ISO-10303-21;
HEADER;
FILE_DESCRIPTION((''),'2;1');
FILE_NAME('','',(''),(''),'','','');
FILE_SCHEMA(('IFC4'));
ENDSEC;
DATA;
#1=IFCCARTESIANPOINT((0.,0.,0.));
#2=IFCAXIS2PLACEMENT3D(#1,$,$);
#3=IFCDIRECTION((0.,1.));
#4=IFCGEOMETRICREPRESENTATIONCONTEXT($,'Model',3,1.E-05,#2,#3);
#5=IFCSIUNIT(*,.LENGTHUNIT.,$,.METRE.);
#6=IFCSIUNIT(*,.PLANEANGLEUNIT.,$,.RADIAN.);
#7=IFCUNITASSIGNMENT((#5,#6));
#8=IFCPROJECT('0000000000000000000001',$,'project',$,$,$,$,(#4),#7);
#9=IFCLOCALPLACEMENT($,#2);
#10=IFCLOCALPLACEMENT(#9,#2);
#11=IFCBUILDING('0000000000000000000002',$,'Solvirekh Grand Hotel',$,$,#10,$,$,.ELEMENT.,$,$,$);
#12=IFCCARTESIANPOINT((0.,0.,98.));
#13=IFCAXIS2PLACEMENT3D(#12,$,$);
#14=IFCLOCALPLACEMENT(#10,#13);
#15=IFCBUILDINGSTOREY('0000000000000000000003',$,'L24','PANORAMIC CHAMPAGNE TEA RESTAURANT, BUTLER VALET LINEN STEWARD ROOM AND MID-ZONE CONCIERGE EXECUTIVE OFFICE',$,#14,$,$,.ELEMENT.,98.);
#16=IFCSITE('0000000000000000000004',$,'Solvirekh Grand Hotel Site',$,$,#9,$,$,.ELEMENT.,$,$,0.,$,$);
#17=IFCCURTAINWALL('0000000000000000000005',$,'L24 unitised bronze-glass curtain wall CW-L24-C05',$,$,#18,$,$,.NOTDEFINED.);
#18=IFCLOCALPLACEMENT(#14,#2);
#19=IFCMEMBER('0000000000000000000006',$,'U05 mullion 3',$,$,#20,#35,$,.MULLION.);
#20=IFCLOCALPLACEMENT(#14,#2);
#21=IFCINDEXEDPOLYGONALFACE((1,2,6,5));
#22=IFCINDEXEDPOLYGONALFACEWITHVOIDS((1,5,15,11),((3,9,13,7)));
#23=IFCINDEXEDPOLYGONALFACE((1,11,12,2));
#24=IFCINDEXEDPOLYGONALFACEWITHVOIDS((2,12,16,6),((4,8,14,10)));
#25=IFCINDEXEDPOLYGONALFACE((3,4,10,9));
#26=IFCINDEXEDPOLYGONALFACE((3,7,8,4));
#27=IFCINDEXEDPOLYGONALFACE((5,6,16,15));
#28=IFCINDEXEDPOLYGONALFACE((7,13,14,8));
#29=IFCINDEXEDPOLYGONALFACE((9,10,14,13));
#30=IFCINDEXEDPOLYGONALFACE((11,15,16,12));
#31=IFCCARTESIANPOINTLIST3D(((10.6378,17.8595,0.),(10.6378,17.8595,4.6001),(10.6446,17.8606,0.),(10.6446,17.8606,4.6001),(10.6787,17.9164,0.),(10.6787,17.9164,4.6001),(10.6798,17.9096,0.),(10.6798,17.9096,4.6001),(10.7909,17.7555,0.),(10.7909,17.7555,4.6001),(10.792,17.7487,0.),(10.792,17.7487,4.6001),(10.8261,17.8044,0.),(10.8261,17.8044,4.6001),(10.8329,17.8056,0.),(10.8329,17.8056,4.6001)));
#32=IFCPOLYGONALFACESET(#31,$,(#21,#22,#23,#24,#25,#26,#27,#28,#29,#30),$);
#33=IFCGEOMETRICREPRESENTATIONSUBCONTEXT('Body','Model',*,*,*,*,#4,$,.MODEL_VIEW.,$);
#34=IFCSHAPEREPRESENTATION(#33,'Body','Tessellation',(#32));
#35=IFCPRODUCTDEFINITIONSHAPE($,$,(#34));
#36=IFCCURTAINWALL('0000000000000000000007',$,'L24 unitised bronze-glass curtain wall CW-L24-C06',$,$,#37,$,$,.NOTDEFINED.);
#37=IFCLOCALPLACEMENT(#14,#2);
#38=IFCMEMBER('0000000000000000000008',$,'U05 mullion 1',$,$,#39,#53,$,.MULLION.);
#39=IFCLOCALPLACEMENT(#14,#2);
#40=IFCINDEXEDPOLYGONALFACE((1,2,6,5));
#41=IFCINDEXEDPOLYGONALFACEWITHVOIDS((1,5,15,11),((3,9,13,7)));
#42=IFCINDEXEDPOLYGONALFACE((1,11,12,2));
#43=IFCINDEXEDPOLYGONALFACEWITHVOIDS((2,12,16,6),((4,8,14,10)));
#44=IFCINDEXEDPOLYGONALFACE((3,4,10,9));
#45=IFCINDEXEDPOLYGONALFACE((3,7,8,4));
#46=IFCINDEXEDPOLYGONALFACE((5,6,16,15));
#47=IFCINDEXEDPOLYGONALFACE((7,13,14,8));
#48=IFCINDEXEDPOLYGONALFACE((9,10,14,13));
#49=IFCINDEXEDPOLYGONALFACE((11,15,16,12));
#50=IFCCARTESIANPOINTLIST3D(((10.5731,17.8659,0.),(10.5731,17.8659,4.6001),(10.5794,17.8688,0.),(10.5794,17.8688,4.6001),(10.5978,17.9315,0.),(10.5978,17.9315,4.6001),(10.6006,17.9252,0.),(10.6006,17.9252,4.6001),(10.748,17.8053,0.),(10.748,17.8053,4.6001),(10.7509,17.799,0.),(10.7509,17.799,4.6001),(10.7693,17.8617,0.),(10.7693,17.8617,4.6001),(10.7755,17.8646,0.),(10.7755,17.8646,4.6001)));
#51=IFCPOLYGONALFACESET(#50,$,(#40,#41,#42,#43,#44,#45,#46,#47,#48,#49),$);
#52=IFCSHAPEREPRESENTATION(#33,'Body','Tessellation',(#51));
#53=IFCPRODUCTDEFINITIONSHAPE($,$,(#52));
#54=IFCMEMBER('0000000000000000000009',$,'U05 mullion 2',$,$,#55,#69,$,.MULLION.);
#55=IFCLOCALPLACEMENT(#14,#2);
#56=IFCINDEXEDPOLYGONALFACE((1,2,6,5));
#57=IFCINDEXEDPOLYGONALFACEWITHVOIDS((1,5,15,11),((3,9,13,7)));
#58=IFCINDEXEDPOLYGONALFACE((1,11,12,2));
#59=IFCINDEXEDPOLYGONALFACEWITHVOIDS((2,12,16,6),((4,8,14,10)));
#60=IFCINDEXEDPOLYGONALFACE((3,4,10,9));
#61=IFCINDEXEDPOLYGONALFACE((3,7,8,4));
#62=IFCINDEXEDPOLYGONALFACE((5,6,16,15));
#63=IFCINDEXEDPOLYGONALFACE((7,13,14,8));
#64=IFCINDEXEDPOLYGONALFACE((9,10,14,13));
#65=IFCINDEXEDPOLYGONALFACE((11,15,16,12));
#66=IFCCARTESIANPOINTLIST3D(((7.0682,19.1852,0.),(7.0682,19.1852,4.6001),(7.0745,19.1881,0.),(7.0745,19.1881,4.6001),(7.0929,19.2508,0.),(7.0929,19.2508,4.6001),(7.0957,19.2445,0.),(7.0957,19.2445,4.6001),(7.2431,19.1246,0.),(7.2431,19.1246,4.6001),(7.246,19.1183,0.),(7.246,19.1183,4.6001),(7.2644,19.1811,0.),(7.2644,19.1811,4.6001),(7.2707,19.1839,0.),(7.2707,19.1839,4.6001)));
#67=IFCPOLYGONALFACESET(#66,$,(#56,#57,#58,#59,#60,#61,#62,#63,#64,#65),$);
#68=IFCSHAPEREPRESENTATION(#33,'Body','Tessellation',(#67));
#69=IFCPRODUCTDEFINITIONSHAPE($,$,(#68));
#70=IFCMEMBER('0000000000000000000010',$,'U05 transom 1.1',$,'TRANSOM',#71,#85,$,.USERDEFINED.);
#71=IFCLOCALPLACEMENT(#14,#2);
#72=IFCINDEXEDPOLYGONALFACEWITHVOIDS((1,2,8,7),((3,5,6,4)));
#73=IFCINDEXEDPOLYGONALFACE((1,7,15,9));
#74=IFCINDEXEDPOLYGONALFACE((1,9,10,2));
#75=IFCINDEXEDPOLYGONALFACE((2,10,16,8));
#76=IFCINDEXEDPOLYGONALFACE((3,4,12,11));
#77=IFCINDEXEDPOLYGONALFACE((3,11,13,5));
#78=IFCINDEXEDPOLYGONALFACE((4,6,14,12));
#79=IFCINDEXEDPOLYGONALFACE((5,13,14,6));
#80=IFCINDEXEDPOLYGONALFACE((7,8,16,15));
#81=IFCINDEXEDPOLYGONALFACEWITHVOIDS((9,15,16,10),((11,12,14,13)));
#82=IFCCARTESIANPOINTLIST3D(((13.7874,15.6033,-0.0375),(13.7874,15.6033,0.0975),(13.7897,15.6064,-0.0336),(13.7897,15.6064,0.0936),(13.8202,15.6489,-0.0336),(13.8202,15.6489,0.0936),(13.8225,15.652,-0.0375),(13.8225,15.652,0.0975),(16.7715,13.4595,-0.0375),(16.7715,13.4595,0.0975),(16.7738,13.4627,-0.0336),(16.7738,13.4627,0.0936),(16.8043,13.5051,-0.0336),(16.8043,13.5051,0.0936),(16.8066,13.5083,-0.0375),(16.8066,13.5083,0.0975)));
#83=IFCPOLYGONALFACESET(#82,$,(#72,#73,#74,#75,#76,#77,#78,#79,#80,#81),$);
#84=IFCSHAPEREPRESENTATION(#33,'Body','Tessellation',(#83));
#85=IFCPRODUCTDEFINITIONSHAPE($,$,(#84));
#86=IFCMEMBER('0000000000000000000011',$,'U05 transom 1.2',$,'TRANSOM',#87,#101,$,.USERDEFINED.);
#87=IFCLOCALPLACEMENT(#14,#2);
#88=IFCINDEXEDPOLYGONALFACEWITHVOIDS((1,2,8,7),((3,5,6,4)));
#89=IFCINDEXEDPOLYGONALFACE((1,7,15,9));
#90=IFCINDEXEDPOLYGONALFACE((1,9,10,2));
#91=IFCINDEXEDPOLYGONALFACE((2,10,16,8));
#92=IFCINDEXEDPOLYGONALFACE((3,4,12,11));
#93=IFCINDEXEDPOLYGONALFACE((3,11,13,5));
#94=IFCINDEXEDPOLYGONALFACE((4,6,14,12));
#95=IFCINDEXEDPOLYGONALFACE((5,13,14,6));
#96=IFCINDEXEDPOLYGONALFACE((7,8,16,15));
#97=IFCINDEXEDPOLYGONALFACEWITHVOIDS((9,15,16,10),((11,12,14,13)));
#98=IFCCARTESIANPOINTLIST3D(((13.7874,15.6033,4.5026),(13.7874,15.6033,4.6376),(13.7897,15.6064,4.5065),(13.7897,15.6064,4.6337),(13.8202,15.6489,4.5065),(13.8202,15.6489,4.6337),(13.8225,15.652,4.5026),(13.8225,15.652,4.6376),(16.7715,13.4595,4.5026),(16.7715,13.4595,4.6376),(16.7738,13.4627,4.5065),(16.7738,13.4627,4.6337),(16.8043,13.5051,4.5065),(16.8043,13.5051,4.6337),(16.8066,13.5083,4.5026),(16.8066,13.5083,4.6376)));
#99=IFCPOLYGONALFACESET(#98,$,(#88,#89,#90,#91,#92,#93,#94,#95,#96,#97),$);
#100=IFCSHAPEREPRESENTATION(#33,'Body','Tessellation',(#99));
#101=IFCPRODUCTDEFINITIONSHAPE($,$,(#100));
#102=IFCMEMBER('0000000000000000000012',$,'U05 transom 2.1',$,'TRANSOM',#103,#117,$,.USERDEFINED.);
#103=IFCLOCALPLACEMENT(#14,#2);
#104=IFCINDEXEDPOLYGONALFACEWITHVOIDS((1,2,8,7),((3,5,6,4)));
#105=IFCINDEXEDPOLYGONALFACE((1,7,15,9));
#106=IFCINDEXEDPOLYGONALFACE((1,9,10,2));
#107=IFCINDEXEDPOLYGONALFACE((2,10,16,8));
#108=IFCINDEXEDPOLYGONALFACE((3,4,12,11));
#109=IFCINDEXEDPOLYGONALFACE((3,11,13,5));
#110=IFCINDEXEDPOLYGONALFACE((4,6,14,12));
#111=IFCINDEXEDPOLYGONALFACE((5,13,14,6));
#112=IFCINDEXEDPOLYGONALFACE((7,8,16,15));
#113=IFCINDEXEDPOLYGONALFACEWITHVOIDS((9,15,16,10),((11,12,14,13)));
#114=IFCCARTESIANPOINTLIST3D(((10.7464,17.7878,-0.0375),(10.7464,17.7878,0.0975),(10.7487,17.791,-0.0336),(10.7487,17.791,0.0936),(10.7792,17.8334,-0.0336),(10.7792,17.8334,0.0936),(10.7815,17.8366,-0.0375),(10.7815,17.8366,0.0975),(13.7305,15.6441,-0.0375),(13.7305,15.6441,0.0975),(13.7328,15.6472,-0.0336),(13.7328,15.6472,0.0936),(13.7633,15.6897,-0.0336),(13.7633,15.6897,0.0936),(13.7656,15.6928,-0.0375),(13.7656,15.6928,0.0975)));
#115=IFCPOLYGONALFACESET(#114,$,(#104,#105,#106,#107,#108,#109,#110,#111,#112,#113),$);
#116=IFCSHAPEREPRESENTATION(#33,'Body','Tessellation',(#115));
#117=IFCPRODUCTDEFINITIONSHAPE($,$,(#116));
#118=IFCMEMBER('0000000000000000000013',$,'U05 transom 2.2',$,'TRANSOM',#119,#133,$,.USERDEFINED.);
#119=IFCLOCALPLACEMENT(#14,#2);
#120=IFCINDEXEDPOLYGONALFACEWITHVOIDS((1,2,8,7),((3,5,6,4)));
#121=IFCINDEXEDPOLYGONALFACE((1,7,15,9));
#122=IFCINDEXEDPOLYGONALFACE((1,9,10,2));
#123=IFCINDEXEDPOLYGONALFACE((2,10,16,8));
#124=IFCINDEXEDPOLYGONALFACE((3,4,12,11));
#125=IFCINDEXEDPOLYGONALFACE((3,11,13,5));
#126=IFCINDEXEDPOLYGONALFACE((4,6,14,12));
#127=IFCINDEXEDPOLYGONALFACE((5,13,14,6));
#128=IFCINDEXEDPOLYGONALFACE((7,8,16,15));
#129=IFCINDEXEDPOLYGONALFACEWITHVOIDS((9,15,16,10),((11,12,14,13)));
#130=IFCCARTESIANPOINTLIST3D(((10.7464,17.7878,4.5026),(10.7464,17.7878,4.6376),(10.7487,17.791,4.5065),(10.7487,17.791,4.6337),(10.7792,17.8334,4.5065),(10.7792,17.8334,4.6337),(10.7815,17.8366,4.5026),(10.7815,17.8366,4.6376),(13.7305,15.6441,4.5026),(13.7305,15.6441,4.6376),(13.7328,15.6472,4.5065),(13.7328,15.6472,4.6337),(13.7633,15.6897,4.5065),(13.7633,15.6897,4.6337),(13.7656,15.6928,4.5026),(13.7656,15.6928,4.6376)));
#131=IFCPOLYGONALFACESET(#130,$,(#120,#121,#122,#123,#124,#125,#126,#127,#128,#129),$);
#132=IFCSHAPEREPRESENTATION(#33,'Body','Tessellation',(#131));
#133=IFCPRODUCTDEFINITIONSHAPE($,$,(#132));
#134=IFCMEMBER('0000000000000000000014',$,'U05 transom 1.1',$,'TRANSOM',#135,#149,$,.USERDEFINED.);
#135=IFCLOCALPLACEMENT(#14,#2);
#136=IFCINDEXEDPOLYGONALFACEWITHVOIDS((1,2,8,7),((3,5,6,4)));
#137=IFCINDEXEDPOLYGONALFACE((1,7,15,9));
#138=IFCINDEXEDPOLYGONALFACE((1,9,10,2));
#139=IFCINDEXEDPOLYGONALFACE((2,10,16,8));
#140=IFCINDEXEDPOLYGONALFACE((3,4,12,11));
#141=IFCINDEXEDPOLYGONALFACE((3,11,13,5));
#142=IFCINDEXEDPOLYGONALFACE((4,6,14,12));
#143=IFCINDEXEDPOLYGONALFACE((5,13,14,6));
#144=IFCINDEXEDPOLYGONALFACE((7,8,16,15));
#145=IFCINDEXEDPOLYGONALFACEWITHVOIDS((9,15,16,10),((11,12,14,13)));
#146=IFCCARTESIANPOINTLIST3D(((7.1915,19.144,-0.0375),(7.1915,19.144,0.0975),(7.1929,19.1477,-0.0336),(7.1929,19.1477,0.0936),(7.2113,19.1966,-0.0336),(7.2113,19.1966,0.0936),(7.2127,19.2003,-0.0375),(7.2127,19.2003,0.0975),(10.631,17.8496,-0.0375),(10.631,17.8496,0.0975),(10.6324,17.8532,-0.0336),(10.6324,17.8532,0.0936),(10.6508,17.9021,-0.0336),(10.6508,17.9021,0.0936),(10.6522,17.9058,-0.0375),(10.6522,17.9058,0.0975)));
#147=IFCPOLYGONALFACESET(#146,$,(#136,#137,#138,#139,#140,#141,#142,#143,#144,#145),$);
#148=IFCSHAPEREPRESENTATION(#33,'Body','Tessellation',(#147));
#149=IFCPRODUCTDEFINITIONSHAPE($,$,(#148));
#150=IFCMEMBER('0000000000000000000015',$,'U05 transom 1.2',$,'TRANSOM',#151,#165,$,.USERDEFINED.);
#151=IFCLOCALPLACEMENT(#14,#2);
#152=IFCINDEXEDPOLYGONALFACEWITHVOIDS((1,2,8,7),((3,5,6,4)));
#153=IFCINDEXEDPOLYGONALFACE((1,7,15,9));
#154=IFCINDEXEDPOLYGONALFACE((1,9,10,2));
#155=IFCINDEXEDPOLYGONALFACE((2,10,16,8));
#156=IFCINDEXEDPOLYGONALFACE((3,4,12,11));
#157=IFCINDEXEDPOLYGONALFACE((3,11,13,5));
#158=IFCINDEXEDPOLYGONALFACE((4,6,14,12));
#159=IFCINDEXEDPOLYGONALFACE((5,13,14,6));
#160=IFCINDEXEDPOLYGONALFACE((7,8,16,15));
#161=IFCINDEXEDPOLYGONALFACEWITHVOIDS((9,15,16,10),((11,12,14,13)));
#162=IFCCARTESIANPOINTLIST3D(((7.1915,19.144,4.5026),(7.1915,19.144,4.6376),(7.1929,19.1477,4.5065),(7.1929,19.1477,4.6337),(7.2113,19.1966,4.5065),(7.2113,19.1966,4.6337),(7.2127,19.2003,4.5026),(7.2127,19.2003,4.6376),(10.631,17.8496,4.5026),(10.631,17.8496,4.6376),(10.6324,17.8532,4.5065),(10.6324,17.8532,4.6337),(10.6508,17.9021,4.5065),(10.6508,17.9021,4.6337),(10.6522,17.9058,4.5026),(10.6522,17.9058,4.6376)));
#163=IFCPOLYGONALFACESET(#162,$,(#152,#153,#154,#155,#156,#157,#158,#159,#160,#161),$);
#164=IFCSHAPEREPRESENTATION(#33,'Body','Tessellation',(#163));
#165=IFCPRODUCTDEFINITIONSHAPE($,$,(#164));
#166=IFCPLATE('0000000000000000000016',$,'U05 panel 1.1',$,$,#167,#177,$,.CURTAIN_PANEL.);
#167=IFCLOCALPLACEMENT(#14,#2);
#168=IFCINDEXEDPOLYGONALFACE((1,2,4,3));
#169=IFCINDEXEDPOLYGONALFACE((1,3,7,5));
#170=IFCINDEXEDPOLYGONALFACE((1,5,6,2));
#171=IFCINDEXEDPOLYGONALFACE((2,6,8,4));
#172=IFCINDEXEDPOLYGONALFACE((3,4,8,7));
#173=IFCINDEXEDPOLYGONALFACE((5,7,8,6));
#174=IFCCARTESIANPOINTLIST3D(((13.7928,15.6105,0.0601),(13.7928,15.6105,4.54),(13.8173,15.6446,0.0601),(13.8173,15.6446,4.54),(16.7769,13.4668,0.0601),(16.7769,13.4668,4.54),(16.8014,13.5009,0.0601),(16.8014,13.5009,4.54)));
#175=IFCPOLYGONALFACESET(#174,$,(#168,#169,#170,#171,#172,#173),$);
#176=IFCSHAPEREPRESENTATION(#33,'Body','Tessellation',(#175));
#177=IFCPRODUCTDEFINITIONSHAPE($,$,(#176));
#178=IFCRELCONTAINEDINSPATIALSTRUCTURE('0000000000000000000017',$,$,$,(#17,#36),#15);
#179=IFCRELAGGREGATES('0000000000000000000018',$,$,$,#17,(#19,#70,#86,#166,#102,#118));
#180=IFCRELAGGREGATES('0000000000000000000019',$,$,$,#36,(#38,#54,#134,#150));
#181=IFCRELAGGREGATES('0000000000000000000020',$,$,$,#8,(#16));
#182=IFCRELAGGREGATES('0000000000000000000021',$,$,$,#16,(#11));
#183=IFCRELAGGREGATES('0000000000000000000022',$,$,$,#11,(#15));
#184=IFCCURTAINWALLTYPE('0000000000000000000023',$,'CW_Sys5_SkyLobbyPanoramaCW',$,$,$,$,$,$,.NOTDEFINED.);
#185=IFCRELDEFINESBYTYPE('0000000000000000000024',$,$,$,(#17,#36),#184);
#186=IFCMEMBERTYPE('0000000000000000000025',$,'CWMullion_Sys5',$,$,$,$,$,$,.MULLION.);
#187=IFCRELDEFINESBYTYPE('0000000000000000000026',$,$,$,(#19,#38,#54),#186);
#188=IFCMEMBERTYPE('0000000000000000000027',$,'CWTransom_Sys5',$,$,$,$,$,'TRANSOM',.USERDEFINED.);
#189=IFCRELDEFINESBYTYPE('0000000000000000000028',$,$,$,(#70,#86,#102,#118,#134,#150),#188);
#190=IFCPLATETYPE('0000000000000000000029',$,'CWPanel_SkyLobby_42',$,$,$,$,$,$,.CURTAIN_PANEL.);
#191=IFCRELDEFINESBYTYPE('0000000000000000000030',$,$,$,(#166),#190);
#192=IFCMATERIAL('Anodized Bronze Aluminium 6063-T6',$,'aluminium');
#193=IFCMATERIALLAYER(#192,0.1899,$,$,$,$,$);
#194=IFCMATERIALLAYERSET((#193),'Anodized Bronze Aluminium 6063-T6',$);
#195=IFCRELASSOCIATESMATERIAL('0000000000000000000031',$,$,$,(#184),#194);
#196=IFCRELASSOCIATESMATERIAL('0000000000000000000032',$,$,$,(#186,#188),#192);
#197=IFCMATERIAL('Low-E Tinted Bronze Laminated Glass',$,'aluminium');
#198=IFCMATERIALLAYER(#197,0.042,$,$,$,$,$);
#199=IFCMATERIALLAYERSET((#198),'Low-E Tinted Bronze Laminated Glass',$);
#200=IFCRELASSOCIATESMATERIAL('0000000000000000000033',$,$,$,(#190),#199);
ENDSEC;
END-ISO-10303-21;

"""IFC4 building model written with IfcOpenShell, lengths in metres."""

from ifc_helpers import new_model, si_unit, direction, frame, origin, origin_2d, place, context, subcontext, project, spatial, rectangle, hollow_rectangle, extrude, source, transform, mapped, material, layer, layer_set, material_profile, profile_set, type_object, element, aggregate, save


model = new_model("IFC4")

# Units and contexts
model_context = context("Model", 3, precision=1e-05, world=origin(), true_north=direction((0.0, 1.0)))
body_context = subcontext(model_context, "Body", "Model", "MODEL_VIEW")
ifc_project = project(units=[si_unit("LENGTHUNIT", "METRE"), si_unit("PLANEANGLEUNIT", "RADIAN")], contexts=[model_context])

# Site, building, storey
site_placement = place(None, origin())
site = spatial("IfcSite", under=ifc_project, at=site_placement, Name="Solvirekh Grand Hotel Site", CompositionType="ELEMENT", RefElevation=0.0)
building_placement = place(site_placement, origin())
building = spatial("IfcBuilding", under=site, at=building_placement, Name="Solvirekh Grand Hotel", CompositionType="ELEMENT")
storey_placement = place(building_placement, frame((0.0, 0.0, 98.0)))
storey = spatial("IfcBuildingStorey", under=building, at=storey_placement, Name="L24", Description="PANORAMIC CHAMPAGNE TEA RESTAURANT, BUTLER VALET LINEN STEWARD ROOM AND MID-ZONE CONCIERGE EXECUTIVE OFFICE", CompositionType="ELEMENT", Elevation=98.0)

# Curtain walls, members
ifc_material_1 = material(Name="Anodized Bronze Aluminium 6063-T6", Category="aluminium")
ifc_layer_1 = layer(ifc_material_1, 0.1899)
ifc_layer_set_1 = layer_set([ifc_layer_1], Name="Anodized Bronze Aluminium 6063-T6")
curtain_wall_type = type_object("IfcCurtainWallType", Name="CW_Sys5_SkyLobbyPanoramaCW", PredefinedType="NOTDEFINED", material=ifc_layer_set_1)
curtain_wall_1_placement = place(storey_placement, origin())
curtain_wall_1 = element("IfcCurtainWall", 1, at=curtain_wall_1_placement, inside=storey, type_object=curtain_wall_type, Name="L24 unitised bronze-glass curtain wall CW-L24-C05", PredefinedType="NOTDEFINED")
ifc_material_profile_1 = material_profile(ifc_material_1, hollow_rectangle(XDim=0.0701, YDim=0.1899, WallThickness=0.0049, at=origin_2d()), Name="ALU RHS 190X70X5")
ifc_profile_set_1 = profile_set([ifc_material_profile_1], Name="Anodized Bronze Aluminium 6063-T6")
member_type_1 = type_object("IfcMemberType", Name="CWMullion_Sys5", PredefinedType="MULLION", material=ifc_profile_set_1)
shared_shape_1 = source(origin(), body_context, "Body", "SweptSolid", [
    extrude(hollow_rectangle(XDim=0.0701, YDim=0.1899, WallThickness=0.0049, at=origin_2d()), origin(), (0.0, 0.0, 1.0), 4.6001),
])
member_1_placement = place(storey_placement, frame((10.7354, 17.8325, 0.0), z_axis=(0.0, 0.0, 1.0), x_axis=(-0.583426, -0.812166, 0.0)))
member_1 = element("IfcMember", 2, at=member_1_placement, type_object=member_type_1, Name="U05 mullion 3", PredefinedType="MULLION", context=body_context, shape_type="MappedRepresentation", body=[
    mapped(shared_shape_1, transform((0.0, 0.0, 0.0), x_axis=(1.0, 0.0, 0.0), y_axis=(0.0, 1.0, 0.0), z_axis=(0.0, 0.0, 1.0), scale=1.0)),
])
curtain_wall_2_placement = place(storey_placement, origin())
curtain_wall_2 = element("IfcCurtainWall", 3, at=curtain_wall_2_placement, inside=storey, type_object=curtain_wall_type, Name="L24 unitised bronze-glass curtain wall CW-L24-C06", PredefinedType="NOTDEFINED")
member_2_placement = place(storey_placement, frame((10.6743, 17.8652, 0.0), z_axis=(0.0, 0.0, 1.0), x_axis=(-0.352268, -0.935899, 0.0)))
member_2 = element("IfcMember", 4, at=member_2_placement, type_object=member_type_1, Name="U05 mullion 1", PredefinedType="MULLION", context=body_context, shape_type="MappedRepresentation", body=[
    mapped(shared_shape_1, transform((0.0, 0.0, 0.0), x_axis=(1.0, 0.0, 0.0), y_axis=(0.0, 1.0, 0.0), z_axis=(0.0, 0.0, 1.0), scale=1.0)),
])
member_3_placement = place(storey_placement, frame((7.1694, 19.1846, 0.0), z_axis=(0.0, 0.0, 1.0), x_axis=(-0.352268, -0.935899, 0.0)))
member_3 = element("IfcMember", 5, at=member_3_placement, type_object=member_type_1, Name="U05 mullion 2", PredefinedType="MULLION", context=body_context, shape_type="MappedRepresentation", body=[
    mapped(shared_shape_1, transform((0.0, 0.0, 0.0), x_axis=(1.0, 0.0, 0.0), y_axis=(0.0, 1.0, 0.0), z_axis=(0.0, 0.0, 1.0), scale=1.0)),
])

# Members
ifc_material_profile_2 = material_profile(ifc_material_1, hollow_rectangle(XDim=0.0601, YDim=0.135, WallThickness=0.0039, at=origin_2d()), Name="ALU RHS 135X60X4")
ifc_profile_set_2 = profile_set([ifc_material_profile_2], Name="Anodized Bronze Aluminium 6063-T6")
member_type_2 = type_object("IfcMemberType", Name="CWTransom_Sys5", ElementType="TRANSOM", PredefinedType="USERDEFINED", material=ifc_profile_set_2)
shared_shape_2 = source(origin(), body_context, "Body", "SweptSolid", [
    extrude(hollow_rectangle(XDim=0.0601, YDim=0.135, WallThickness=0.0039, at=origin_2d()), origin(), (0.0, 0.0, 1.0), 3.6743),
])
member_4_placement = place(storey_placement, frame((16.7891, 13.4839, 0.03), z_axis=(-0.81215, 0.583448, 0.0), x_axis=(-0.583448, -0.81215, 0.0)))
member_4 = element("IfcMember", 6, at=member_4_placement, type_object=member_type_2, Name="U05 transom 1.1", ObjectType="TRANSOM", PredefinedType="USERDEFINED", context=body_context, shape_type="MappedRepresentation", body=[
    mapped(shared_shape_2, transform((0.0, 0.0, 0.0), x_axis=(1.0, 0.0, 0.0), y_axis=(0.0, 1.0, 0.0), z_axis=(0.0, 0.0, 1.0), scale=1.0)),
])
member_5_placement = place(storey_placement, frame((16.7891, 13.4839, 4.5701), z_axis=(-0.81215, 0.583448, 0.0), x_axis=(-0.583448, -0.81215, 0.0)))
member_5 = element("IfcMember", 7, at=member_5_placement, type_object=member_type_2, Name="U05 transom 1.2", ObjectType="TRANSOM", PredefinedType="USERDEFINED", context=body_context, shape_type="MappedRepresentation", body=[
    mapped(shared_shape_2, transform((0.0, 0.0, 0.0), x_axis=(1.0, 0.0, 0.0), y_axis=(0.0, 1.0, 0.0), z_axis=(0.0, 0.0, 1.0), scale=1.0)),
])
member_6_placement = place(storey_placement, frame((13.748, 15.6685, 0.03), z_axis=(-0.81215, 0.583448, 0.0), x_axis=(-0.583448, -0.81215, 0.0)))
member_6 = element("IfcMember", 8, at=member_6_placement, type_object=member_type_2, Name="U05 transom 2.1", ObjectType="TRANSOM", PredefinedType="USERDEFINED", context=body_context, shape_type="MappedRepresentation", body=[
    mapped(shared_shape_2, transform((0.0, 0.0, 0.0), x_axis=(1.0, 0.0, 0.0), y_axis=(0.0, 1.0, 0.0), z_axis=(0.0, 0.0, 1.0), scale=1.0)),
])
member_7_placement = place(storey_placement, frame((13.748, 15.6685, 4.5701), z_axis=(-0.81215, 0.583448, 0.0), x_axis=(-0.583448, -0.81215, 0.0)))
member_7 = element("IfcMember", 9, at=member_7_placement, type_object=member_type_2, Name="U05 transom 2.2", ObjectType="TRANSOM", PredefinedType="USERDEFINED", context=body_context, shape_type="MappedRepresentation", body=[
    mapped(shared_shape_2, transform((0.0, 0.0, 0.0), x_axis=(1.0, 0.0, 0.0), y_axis=(0.0, 1.0, 0.0), z_axis=(0.0, 0.0, 1.0), scale=1.0)),
])
shared_shape_3 = source(origin(), body_context, "Body", "SweptSolid", [
    extrude(hollow_rectangle(XDim=0.0601, YDim=0.135, WallThickness=0.0039, at=origin_2d()), origin(), (0.0, 0.0, 1.0), 3.675),
])
member_8_placement = place(storey_placement, frame((10.6416, 17.8777, 0.03), z_axis=(-0.935914, 0.35223, 0.0), x_axis=(-0.35223, -0.935914, 0.0)))
member_8 = element("IfcMember", 10, at=member_8_placement, type_object=member_type_2, Name="U05 transom 1.1", ObjectType="TRANSOM", PredefinedType="USERDEFINED", context=body_context, shape_type="MappedRepresentation", body=[
    mapped(shared_shape_3, transform((0.0, 0.0, 0.0), x_axis=(1.0, 0.0, 0.0), y_axis=(0.0, 1.0, 0.0), z_axis=(0.0, 0.0, 1.0), scale=1.0)),
])
member_9_placement = place(storey_placement, frame((10.6416, 17.8777, 4.5701), z_axis=(-0.935914, 0.35223, 0.0), x_axis=(-0.35223, -0.935914, 0.0)))
member_9 = element("IfcMember", 11, at=member_9_placement, type_object=member_type_2, Name="U05 transom 1.2", ObjectType="TRANSOM", PredefinedType="USERDEFINED", context=body_context, shape_type="MappedRepresentation", body=[
    mapped(shared_shape_3, transform((0.0, 0.0, 0.0), x_axis=(1.0, 0.0, 0.0), y_axis=(0.0, 1.0, 0.0), z_axis=(0.0, 0.0, 1.0), scale=1.0)),
])

# Plate
ifc_material_2 = material(Name="Low-E Tinted Bronze Laminated Glass", Category="aluminium")
ifc_layer_2 = layer(ifc_material_2, 0.042)
ifc_layer_set_2 = layer_set([ifc_layer_2], Name="Low-E Tinted Bronze Laminated Glass")
plate_type = type_object("IfcPlateType", Name="CWPanel_SkyLobby_42", PredefinedType="CURTAIN_PANEL", material=ifc_layer_set_2)
shared_shape_4 = source(origin(), body_context, "Body", "SweptSolid", [
    extrude(rectangle(XDim=3.6743, YDim=0.042, at=origin_2d()), origin(), (0.0, 0.0, 1.0), 4.48),
])
plate_1_placement = place(storey_placement, frame((15.2971, 14.5557, 0.0601), z_axis=(0.0, 0.0, 1.0), x_axis=(-0.812166, 0.583426, 0.0)))
plate_1 = element("IfcPlate", 12, at=plate_1_placement, type_object=plate_type, Name="U05 panel 1.1", PredefinedType="CURTAIN_PANEL", context=body_context, shape_type="MappedRepresentation", body=[
    mapped(shared_shape_4, transform((0.0, 0.0, 0.0), x_axis=(1.0, 0.0, 0.0), y_axis=(0.0, 1.0, 0.0), z_axis=(0.0, 0.0, 1.0), scale=1.0)),
])
aggregate(curtain_wall_1, [member_1, member_4, member_5, plate_1, member_6, member_7])
aggregate(curtain_wall_2, [member_2, member_3, member_8, member_9])

save(model, "model.ifc")
